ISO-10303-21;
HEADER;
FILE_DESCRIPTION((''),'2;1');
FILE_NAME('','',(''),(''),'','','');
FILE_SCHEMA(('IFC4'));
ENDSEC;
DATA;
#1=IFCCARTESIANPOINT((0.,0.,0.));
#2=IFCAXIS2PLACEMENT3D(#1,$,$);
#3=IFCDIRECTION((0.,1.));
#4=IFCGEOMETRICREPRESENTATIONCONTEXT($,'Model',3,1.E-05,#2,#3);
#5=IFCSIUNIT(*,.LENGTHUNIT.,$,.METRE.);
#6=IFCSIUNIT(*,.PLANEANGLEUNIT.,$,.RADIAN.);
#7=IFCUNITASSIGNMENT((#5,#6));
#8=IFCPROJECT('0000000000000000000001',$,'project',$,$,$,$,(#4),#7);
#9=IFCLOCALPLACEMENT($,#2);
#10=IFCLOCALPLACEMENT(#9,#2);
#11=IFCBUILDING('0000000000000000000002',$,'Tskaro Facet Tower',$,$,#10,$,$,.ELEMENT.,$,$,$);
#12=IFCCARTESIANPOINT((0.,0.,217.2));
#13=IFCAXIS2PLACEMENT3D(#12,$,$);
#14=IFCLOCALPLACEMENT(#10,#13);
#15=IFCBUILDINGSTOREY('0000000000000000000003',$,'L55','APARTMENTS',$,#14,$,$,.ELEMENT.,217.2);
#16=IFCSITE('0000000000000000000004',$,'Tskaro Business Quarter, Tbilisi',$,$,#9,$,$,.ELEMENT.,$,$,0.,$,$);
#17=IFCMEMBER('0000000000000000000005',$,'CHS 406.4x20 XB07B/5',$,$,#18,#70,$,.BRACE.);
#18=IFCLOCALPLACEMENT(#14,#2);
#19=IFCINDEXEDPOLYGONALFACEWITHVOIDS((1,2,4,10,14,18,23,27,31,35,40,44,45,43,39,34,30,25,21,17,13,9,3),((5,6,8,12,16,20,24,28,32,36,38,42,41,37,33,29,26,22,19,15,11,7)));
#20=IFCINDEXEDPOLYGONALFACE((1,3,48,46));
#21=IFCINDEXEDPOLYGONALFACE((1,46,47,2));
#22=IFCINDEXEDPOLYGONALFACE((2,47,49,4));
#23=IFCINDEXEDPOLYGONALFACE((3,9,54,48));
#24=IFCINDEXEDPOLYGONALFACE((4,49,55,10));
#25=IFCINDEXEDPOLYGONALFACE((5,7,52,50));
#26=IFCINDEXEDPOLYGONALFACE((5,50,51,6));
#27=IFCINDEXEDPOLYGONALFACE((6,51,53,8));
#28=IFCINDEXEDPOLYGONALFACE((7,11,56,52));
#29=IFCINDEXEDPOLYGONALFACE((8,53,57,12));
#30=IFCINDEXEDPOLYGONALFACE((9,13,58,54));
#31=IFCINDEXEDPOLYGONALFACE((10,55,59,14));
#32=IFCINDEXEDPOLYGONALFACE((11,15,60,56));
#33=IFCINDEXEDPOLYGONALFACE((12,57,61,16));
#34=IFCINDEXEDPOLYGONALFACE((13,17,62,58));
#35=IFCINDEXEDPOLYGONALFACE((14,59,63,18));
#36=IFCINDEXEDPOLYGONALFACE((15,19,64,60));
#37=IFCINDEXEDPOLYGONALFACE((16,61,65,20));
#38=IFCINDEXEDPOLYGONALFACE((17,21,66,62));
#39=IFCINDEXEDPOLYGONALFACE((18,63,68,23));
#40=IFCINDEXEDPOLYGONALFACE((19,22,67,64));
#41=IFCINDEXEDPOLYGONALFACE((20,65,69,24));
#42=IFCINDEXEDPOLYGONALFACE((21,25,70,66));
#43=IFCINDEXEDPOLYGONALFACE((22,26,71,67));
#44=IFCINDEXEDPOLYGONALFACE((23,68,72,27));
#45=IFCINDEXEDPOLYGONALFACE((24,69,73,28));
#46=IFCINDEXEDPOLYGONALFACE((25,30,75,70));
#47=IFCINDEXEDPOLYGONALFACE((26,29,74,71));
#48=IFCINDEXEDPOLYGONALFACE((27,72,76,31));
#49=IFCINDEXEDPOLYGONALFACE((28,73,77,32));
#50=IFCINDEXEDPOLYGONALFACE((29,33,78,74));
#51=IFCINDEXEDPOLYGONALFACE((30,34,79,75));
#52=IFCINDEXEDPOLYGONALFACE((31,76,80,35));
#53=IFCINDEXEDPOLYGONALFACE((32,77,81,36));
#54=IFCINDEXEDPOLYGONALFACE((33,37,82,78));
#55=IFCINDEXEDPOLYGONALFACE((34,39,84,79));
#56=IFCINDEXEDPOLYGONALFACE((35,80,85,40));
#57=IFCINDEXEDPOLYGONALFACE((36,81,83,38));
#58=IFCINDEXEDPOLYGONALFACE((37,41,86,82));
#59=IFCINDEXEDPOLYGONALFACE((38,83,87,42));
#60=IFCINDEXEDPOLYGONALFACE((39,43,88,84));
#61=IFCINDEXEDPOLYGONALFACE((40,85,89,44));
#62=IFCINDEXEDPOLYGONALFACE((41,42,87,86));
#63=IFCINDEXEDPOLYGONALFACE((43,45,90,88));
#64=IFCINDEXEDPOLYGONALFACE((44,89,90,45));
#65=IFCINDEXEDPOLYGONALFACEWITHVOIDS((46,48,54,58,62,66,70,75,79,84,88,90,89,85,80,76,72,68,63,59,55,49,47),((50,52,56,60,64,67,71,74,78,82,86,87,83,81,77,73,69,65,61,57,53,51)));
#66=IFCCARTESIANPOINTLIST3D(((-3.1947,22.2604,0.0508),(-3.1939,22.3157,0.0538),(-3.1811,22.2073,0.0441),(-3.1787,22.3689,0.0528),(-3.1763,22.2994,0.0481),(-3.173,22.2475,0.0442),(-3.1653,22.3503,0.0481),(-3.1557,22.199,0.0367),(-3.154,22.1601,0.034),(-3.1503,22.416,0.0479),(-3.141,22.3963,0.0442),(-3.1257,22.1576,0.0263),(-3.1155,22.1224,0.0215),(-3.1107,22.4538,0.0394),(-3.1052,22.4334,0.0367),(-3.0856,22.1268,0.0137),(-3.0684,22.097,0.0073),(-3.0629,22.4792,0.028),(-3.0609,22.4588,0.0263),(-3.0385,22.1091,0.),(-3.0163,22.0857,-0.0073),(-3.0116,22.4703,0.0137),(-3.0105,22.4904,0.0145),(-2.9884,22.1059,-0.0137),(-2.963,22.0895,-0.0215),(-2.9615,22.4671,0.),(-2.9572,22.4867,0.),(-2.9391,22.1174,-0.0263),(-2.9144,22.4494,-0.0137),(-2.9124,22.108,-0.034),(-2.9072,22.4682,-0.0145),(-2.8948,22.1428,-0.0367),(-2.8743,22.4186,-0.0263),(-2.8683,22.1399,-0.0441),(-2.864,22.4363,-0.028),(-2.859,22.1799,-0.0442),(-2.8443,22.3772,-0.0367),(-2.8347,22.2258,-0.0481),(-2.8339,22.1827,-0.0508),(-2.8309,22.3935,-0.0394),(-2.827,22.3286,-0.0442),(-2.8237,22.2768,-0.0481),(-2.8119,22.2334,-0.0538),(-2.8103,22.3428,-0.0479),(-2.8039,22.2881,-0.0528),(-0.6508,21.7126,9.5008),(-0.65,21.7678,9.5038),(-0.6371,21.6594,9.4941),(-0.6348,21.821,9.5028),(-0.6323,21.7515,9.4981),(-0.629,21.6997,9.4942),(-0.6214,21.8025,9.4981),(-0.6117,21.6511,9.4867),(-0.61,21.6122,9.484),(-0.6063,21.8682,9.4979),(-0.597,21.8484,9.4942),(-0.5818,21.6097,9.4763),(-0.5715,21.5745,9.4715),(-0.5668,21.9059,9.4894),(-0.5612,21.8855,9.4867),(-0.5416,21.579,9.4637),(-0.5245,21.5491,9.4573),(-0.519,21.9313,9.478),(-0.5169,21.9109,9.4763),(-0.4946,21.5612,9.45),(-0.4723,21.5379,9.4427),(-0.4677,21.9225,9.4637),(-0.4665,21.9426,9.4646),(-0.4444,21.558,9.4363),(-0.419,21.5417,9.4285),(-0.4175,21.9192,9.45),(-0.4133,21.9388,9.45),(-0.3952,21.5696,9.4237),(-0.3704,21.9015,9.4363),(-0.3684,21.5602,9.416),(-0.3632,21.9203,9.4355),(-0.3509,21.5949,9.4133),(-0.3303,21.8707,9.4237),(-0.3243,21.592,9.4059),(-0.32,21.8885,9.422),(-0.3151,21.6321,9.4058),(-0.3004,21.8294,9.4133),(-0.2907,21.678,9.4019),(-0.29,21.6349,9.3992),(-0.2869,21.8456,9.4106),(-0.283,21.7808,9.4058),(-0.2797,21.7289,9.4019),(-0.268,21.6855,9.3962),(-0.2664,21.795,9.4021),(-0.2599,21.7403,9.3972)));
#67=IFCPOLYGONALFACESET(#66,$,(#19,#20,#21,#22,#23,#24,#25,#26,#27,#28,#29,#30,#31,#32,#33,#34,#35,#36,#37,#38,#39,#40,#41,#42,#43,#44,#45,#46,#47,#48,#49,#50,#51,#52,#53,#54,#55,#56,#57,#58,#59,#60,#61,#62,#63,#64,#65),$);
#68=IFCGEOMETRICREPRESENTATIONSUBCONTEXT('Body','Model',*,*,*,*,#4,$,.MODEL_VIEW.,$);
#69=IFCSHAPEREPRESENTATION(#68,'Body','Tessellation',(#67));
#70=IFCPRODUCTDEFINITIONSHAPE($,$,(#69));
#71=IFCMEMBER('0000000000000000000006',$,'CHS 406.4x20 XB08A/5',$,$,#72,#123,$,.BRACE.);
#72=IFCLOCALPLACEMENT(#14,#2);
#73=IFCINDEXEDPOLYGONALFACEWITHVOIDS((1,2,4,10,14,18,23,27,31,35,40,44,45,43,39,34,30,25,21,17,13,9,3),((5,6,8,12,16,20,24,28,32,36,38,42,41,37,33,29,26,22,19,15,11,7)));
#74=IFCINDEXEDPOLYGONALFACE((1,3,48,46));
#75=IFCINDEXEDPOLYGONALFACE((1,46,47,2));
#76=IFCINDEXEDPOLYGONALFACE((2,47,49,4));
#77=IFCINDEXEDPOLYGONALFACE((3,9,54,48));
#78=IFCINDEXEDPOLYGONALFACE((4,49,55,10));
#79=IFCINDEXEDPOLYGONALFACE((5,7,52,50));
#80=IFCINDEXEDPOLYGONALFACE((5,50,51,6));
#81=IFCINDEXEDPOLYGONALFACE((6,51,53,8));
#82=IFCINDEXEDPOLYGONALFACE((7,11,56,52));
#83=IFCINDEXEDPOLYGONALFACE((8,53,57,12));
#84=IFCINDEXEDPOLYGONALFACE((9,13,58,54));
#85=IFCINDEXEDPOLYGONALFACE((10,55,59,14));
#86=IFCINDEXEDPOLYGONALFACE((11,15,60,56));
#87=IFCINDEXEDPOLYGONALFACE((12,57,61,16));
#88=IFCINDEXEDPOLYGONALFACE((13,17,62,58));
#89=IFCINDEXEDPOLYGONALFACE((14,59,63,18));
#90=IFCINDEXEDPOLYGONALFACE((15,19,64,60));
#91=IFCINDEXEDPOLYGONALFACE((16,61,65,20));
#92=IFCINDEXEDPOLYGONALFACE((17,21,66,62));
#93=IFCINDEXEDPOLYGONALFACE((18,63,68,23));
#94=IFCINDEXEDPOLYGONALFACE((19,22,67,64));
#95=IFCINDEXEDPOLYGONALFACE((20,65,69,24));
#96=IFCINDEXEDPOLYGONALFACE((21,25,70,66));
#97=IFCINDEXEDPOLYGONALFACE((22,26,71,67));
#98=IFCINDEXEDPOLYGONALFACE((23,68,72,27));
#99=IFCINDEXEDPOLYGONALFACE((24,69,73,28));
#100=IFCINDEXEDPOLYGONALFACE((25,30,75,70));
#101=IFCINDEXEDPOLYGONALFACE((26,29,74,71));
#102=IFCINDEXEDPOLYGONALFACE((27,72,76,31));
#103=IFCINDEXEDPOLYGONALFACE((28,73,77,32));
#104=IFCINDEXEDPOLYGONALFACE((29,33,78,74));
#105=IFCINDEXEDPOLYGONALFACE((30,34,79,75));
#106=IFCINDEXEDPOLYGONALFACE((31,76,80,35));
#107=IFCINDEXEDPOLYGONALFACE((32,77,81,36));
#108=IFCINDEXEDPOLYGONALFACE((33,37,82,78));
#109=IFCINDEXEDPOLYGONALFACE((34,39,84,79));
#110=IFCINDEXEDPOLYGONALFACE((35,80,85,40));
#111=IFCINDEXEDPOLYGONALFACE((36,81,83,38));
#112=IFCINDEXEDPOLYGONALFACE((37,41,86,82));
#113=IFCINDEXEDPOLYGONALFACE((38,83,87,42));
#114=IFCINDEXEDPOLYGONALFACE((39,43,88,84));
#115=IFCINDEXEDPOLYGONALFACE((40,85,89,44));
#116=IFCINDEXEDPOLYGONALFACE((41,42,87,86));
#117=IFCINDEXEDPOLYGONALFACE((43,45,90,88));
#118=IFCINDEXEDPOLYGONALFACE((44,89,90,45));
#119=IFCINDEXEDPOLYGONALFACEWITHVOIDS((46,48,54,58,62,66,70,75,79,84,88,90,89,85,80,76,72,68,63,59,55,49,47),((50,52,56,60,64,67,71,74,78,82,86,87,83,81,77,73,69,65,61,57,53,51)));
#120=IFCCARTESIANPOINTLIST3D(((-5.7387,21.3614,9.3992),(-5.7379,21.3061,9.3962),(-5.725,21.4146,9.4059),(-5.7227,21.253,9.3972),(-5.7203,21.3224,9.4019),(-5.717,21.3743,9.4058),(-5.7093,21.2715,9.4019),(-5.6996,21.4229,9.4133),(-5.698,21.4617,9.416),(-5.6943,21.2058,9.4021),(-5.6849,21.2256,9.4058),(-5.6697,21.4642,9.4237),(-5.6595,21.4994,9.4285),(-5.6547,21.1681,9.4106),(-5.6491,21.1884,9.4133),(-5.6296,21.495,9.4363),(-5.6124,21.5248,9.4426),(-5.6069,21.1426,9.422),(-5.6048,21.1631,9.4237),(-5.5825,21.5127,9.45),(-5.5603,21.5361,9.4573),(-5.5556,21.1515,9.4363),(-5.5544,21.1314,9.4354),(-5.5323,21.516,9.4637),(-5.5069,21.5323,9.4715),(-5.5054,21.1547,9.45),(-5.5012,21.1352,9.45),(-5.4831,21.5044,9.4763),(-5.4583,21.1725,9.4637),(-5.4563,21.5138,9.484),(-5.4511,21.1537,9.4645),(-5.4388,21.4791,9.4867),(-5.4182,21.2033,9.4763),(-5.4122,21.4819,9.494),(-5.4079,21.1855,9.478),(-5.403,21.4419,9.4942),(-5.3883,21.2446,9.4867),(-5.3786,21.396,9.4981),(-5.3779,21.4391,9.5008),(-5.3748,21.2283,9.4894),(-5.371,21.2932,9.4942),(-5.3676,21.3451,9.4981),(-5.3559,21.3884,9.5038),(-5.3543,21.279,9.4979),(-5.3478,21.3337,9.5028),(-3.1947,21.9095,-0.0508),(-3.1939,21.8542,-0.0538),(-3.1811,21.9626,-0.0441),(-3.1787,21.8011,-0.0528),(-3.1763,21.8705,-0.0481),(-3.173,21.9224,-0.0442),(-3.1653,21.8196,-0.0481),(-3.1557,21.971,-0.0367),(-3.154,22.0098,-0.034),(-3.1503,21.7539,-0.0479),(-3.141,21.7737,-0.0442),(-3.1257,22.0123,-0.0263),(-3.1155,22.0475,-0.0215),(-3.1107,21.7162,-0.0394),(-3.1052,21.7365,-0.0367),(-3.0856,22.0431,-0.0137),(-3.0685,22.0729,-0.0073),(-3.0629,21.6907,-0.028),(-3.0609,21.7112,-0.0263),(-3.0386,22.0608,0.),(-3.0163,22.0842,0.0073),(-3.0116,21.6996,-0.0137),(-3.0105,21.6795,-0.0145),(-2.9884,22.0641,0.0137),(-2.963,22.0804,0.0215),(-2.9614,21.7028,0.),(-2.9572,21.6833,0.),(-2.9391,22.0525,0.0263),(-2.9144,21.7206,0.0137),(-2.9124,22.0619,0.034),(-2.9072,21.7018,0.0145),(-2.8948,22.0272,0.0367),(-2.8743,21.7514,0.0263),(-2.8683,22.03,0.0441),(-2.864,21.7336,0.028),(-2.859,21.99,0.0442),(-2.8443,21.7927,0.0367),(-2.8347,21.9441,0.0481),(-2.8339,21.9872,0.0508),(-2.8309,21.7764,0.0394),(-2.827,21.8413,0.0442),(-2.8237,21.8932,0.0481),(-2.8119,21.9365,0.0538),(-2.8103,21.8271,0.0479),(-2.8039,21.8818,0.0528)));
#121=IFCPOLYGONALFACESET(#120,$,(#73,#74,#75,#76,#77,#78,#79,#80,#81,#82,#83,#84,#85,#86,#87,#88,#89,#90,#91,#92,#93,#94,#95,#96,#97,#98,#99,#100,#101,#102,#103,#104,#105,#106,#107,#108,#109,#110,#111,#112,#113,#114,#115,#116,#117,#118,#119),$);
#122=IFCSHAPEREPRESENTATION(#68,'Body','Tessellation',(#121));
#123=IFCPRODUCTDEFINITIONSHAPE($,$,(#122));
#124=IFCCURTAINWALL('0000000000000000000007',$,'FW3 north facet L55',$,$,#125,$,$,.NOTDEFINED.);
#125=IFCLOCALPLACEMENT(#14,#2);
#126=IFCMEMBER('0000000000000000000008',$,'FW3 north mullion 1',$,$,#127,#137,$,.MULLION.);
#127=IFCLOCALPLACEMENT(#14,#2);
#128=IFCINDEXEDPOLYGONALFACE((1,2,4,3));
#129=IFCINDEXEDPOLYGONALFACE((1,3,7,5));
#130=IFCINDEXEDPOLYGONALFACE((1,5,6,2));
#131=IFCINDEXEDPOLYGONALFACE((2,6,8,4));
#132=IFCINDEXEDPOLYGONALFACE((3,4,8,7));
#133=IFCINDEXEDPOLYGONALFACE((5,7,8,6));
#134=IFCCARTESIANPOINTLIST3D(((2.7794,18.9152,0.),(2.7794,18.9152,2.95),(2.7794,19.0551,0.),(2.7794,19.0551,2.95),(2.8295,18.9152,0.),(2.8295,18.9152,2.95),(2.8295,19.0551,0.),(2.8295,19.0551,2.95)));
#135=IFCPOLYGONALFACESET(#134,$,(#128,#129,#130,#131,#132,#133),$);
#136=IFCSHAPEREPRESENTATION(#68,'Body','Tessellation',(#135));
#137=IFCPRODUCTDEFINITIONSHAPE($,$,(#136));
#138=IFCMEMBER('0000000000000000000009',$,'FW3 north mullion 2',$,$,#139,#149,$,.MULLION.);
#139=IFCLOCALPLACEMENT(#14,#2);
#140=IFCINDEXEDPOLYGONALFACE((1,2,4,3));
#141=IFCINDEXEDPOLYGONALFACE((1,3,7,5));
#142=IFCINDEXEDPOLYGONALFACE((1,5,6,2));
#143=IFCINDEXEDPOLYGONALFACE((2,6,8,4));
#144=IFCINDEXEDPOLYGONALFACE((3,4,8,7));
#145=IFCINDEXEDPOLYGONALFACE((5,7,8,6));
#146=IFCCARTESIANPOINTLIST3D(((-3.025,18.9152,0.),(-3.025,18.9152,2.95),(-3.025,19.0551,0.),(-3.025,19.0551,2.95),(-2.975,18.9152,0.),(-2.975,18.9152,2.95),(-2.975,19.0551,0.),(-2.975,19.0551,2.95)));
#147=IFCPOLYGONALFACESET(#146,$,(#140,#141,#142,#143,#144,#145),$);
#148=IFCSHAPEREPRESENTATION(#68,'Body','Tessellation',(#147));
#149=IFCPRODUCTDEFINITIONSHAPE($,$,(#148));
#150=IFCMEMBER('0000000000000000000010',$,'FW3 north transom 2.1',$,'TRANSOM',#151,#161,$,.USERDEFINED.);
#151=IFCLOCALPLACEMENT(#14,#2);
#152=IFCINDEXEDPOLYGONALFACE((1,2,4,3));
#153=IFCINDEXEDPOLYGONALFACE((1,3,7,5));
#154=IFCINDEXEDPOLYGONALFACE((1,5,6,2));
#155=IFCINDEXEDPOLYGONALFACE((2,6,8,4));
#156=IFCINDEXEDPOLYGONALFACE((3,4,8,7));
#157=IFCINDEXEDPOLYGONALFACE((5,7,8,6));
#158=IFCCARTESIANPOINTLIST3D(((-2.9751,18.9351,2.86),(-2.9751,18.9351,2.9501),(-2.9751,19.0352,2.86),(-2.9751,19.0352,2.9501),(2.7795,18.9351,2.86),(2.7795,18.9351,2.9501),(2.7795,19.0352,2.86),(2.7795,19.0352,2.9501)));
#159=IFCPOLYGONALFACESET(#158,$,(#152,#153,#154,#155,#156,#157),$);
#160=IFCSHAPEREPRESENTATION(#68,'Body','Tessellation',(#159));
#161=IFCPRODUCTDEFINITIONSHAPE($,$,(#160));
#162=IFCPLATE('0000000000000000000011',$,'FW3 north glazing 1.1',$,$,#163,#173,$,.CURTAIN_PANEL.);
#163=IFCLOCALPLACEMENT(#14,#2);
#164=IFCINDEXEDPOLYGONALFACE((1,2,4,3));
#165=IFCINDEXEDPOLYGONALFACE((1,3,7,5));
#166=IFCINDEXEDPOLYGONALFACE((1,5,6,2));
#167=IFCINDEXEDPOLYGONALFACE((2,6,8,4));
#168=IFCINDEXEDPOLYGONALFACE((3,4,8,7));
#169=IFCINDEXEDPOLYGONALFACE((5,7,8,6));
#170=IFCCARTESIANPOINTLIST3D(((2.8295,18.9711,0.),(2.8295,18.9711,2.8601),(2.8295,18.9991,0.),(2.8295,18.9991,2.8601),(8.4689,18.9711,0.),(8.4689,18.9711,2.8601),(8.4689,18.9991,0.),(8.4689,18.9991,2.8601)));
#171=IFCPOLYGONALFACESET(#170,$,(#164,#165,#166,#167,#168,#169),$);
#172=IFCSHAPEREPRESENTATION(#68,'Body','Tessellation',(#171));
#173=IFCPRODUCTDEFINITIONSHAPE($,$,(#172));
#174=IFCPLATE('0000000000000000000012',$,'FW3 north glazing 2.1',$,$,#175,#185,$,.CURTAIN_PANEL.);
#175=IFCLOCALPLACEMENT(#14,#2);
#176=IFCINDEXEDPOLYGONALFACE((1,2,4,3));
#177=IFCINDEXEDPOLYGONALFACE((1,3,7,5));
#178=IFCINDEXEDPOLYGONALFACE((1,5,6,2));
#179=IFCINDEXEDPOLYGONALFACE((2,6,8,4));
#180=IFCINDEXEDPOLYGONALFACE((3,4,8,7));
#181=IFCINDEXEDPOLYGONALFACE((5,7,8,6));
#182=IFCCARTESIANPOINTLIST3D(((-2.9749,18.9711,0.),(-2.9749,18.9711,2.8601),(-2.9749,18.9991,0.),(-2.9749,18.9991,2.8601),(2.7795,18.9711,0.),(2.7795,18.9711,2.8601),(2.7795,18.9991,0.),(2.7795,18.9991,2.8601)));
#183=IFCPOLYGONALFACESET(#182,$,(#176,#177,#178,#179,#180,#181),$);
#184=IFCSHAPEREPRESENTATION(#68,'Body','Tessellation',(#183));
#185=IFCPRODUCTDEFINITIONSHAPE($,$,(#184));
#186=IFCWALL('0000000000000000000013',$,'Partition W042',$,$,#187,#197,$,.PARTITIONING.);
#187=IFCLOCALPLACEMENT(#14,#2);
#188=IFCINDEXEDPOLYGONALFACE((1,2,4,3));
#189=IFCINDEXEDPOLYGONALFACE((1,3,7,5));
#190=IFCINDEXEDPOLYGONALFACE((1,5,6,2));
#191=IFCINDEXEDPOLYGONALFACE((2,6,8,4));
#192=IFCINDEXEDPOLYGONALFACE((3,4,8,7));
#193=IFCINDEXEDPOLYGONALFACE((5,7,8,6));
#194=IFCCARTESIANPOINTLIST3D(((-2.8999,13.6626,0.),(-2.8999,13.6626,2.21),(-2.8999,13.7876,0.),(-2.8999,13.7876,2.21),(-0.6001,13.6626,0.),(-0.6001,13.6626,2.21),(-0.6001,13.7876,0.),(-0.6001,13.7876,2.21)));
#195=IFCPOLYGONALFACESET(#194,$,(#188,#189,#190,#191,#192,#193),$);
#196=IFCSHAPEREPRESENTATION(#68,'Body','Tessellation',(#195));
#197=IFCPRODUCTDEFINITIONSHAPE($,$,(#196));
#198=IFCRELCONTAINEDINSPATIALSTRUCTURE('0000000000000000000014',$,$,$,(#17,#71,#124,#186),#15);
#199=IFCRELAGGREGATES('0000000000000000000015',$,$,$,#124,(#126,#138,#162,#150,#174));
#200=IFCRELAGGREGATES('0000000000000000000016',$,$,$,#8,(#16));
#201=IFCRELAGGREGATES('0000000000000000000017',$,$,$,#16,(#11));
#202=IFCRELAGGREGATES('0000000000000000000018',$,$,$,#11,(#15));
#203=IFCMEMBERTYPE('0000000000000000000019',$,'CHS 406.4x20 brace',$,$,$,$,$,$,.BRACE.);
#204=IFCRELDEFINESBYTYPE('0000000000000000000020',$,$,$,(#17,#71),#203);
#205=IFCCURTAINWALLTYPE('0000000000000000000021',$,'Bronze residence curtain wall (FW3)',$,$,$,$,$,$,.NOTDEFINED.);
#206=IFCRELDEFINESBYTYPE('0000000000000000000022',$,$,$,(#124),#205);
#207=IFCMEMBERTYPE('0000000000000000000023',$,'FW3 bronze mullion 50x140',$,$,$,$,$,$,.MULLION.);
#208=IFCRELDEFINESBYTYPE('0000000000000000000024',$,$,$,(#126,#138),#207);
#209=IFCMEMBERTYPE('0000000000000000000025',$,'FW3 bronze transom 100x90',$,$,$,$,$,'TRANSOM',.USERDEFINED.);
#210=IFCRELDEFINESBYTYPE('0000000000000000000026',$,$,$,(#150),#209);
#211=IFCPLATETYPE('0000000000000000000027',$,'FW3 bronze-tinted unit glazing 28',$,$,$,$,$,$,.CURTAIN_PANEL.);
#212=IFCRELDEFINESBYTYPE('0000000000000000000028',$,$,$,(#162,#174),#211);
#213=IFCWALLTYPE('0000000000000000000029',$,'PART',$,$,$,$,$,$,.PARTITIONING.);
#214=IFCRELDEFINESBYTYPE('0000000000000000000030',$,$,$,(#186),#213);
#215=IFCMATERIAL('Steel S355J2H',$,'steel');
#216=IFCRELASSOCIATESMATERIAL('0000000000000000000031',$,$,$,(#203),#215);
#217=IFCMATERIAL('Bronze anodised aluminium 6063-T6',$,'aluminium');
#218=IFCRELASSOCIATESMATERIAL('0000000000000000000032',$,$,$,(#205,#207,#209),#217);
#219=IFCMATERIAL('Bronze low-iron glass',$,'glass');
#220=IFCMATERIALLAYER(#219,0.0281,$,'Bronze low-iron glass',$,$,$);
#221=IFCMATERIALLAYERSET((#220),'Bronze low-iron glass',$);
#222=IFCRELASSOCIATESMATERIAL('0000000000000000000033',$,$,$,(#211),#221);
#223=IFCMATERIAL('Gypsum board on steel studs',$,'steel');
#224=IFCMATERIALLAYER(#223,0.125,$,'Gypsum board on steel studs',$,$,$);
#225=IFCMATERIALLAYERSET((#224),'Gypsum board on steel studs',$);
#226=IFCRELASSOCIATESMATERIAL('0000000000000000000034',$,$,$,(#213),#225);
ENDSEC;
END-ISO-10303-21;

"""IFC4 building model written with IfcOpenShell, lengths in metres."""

from ifc_helpers import new_model, si_unit, direction, frame, frame_2d, origin, origin_2d, place, context, subcontext, project, spatial, rectangle, hollow_circle, extrude, material, layer, layer_set, material_profile, profile_set, type_object, element, aggregate, save


model = new_model("IFC4")

# Units and contexts
model_context = context("Model", 3, precision=1e-05, world=origin(), true_north=direction((0.0, 1.0)))
body_context = subcontext(model_context, "Body", "Model", "MODEL_VIEW")
ifc_project = project(units=[si_unit("LENGTHUNIT", "METRE"), si_unit("PLANEANGLEUNIT", "RADIAN")], contexts=[model_context])

# Site, building, storey
site_placement = place(None, origin())
site = spatial("IfcSite", under=ifc_project, at=site_placement, Name="Tskaro Business Quarter, Tbilisi", CompositionType="ELEMENT", RefElevation=0.0)
building_placement = place(site_placement, origin())
building = spatial("IfcBuilding", under=site, at=building_placement, Name="Tskaro Facet Tower", CompositionType="ELEMENT")
storey_placement = place(building_placement, frame((0.0, 0.0, 217.2)))
storey = spatial("IfcBuildingStorey", under=building, at=storey_placement, Name="L55", Description="APARTMENTS", CompositionType="ELEMENT", Elevation=217.2)

# Members
ifc_material_1 = material(Name="Steel S355J2H", Category="steel")
ifc_material_profile_1 = material_profile(ifc_material_1, hollow_circle(Radius=0.2031, WallThickness=0.02, at=origin_2d()), Name="CHS 406.4x20")
ifc_profile_set_1 = profile_set([ifc_material_profile_1], Name="Steel S355J2H")
member_type_1 = type_object("IfcMemberType", Name="CHS 406.4x20 brace", PredefinedType="BRACE", material=ifc_profile_set_1)
for number, where, z_axis, x_axis, name in (
    (1, (-3.0, 22.2881, 0.0), (0.259541, -0.055894, 0.964113), (0.210528, 0.977588, 0.0), "CHS 406.4x20 XB07B/5"),
    (2, (-3.0, 21.8818, 0.0), (-0.259541, -0.055918, 0.964112), (0.210618, -0.977568, 0.0), "CHS 406.4x20 XB08A/5"),
):
    element("IfcMember", number, at=place(storey_placement, frame(where, z_axis=z_axis, x_axis=x_axis)), inside=storey, type_object=member_type_1, Name=name, PredefinedType="BRACE", context=body_context, shape_type="SweptSolid", body=[
        extrude(hollow_circle(Radius=0.2031, WallThickness=0.02, at=origin_2d()), origin(), (0.0, 0.0, 1.0), 9.8018),
    ])

# Curtain wall, members, plates
ifc_material_2 = material(Name="Bronze anodised aluminium 6063-T6", Category="aluminium")
curtain_wall_type = type_object("IfcCurtainWallType", Name="Bronze residence curtain wall (FW3)", PredefinedType="NOTDEFINED", material=ifc_material_2)
curtain_wall_placement = place(storey_placement, origin())
curtain_wall = element("IfcCurtainWall", 3, at=curtain_wall_placement, inside=storey, type_object=curtain_wall_type, Name="FW3 north facet L55", PredefinedType="NOTDEFINED")
ifc_material_profile_2 = material_profile(ifc_material_2, rectangle(XDim=0.05, YDim=0.1399, at=origin_2d()), Name="Mullion 50x140")
ifc_profile_set_2 = profile_set([ifc_material_profile_2], Name="Bronze anodised aluminium 6063-T6")
member_type_2 = type_object("IfcMemberType", Name="FW3 bronze mullion 50x140", PredefinedType="MULLION", material=ifc_profile_set_2)
member_1_placement = place(storey_placement, frame((2.8044, 18.9851, 0.0), z_axis=(0.0, 0.0, 1.0), x_axis=(-1.0, 0.0, 0.0)))
member_1 = element("IfcMember", 4, at=member_1_placement, type_object=member_type_2, Name="FW3 north mullion 1", PredefinedType="MULLION", context=body_context, shape_type="SweptSolid", body=[
    extrude(rectangle(XDim=0.05, YDim=0.1399, at=origin_2d()), origin(), (0.0, 0.0, 1.0), 2.95),
])
member_2_placement = place(storey_placement, frame((-3.0, 18.9851, 0.0), z_axis=(0.0, 0.0, 1.0), x_axis=(-1.0, 0.0, 0.0)))
member_2 = element("IfcMember", 5, at=member_2_placement, type_object=member_type_2, Name="FW3 north mullion 2", PredefinedType="MULLION", context=body_context, shape_type="SweptSolid", body=[
    extrude(rectangle(XDim=0.05, YDim=0.1399, at=origin_2d()), origin(), (0.0, 0.0, 1.0), 2.95),
])
ifc_material_profile_3 = material_profile(ifc_material_2, rectangle(XDim=0.1001, YDim=0.0901, at=origin_2d()), Name="Transom 100x90")
ifc_profile_set_3 = profile_set([ifc_material_profile_3], Name="Bronze anodised aluminium 6063-T6")
member_type_3 = type_object("IfcMemberType", Name="FW3 bronze transom 100x90", ElementType="TRANSOM", PredefinedType="USERDEFINED", material=ifc_profile_set_3)
member_3_placement = place(storey_placement, frame((2.7795, 18.9851, 2.905), z_axis=(-1.0, 0.0, 0.0), x_axis=(0.0, -1.0, 0.0)))
member_3 = element("IfcMember", 6, at=member_3_placement, type_object=member_type_3, Name="FW3 north transom 2.1", ObjectType="TRANSOM", PredefinedType="USERDEFINED", context=body_context, shape_type="SweptSolid", body=[
    extrude(rectangle(XDim=0.1001, YDim=0.0901, at=origin_2d()), origin(), (0.0, 0.0, 1.0), 5.7546),
])
ifc_material_3 = material(Name="Bronze low-iron glass", Category="glass")
ifc_layer_1 = layer(ifc_material_3, 0.0281, Name="Bronze low-iron glass")
ifc_layer_set_1 = layer_set([ifc_layer_1], Name="Bronze low-iron glass")
plate_type = type_object("IfcPlateType", Name="FW3 bronze-tinted unit glazing 28", PredefinedType="CURTAIN_PANEL", material=ifc_layer_set_1)
plate_1_placement = place(storey_placement, frame((5.6492, 18.9851, 0.0), z_axis=(0.0, 0.0, 1.0), x_axis=(-1.0, 0.0, 0.0)))
plate_1 = element("IfcPlate", 7, at=plate_1_placement, type_object=plate_type, Name="FW3 north glazing 1.1", PredefinedType="CURTAIN_PANEL", context=body_context, shape_type="SweptSolid", body=[
    extrude(rectangle(XDim=5.6394, YDim=0.0281, at=origin_2d()), origin(), (0.0, 0.0, 1.0), 2.8601),
])
plate_2_placement = place(storey_placement, frame((-0.0977, 18.9851, 0.0), z_axis=(0.0, 0.0, 1.0), x_axis=(-1.0, 0.0, 0.0)))
plate_2 = element("IfcPlate", 8, at=plate_2_placement, type_object=plate_type, Name="FW3 north glazing 2.1", PredefinedType="CURTAIN_PANEL", context=body_context, shape_type="SweptSolid", body=[
    extrude(rectangle(XDim=5.7544, YDim=0.0281, at=origin_2d()), origin(), (0.0, 0.0, 1.0), 2.8601),
])
aggregate(curtain_wall, [member_1, member_2, plate_1, member_3, plate_2])

# Wall
ifc_material_4 = material(Name="Gypsum board on steel studs", Category="steel")
ifc_layer_2 = layer(ifc_material_4, 0.125, Name="Gypsum board on steel studs")
ifc_layer_set_2 = layer_set([ifc_layer_2], Name="Gypsum board on steel studs")
wall_type_1 = type_object("IfcWallType", Name="PART", PredefinedType="PARTITIONING", material=ifc_layer_set_2)
wall_1_placement = place(storey_placement, frame((-2.8999, 13.7251, 0.0), z_axis=(0.0, 0.0, 1.0), x_axis=(1.0, 0.0, 0.0)))
element("IfcWall", 9, at=wall_1_placement, inside=storey, type_object=wall_type_1, Name="Partition W042", PredefinedType="PARTITIONING", context=body_context, shape_type="SweptSolid", body=[
    extrude(rectangle(XDim=2.2998, YDim=0.125, at=frame_2d((1.1499, 0.0))), origin(), (0.0, 0.0, 1.0), 2.21),
])

save(model, "model.ifc")
